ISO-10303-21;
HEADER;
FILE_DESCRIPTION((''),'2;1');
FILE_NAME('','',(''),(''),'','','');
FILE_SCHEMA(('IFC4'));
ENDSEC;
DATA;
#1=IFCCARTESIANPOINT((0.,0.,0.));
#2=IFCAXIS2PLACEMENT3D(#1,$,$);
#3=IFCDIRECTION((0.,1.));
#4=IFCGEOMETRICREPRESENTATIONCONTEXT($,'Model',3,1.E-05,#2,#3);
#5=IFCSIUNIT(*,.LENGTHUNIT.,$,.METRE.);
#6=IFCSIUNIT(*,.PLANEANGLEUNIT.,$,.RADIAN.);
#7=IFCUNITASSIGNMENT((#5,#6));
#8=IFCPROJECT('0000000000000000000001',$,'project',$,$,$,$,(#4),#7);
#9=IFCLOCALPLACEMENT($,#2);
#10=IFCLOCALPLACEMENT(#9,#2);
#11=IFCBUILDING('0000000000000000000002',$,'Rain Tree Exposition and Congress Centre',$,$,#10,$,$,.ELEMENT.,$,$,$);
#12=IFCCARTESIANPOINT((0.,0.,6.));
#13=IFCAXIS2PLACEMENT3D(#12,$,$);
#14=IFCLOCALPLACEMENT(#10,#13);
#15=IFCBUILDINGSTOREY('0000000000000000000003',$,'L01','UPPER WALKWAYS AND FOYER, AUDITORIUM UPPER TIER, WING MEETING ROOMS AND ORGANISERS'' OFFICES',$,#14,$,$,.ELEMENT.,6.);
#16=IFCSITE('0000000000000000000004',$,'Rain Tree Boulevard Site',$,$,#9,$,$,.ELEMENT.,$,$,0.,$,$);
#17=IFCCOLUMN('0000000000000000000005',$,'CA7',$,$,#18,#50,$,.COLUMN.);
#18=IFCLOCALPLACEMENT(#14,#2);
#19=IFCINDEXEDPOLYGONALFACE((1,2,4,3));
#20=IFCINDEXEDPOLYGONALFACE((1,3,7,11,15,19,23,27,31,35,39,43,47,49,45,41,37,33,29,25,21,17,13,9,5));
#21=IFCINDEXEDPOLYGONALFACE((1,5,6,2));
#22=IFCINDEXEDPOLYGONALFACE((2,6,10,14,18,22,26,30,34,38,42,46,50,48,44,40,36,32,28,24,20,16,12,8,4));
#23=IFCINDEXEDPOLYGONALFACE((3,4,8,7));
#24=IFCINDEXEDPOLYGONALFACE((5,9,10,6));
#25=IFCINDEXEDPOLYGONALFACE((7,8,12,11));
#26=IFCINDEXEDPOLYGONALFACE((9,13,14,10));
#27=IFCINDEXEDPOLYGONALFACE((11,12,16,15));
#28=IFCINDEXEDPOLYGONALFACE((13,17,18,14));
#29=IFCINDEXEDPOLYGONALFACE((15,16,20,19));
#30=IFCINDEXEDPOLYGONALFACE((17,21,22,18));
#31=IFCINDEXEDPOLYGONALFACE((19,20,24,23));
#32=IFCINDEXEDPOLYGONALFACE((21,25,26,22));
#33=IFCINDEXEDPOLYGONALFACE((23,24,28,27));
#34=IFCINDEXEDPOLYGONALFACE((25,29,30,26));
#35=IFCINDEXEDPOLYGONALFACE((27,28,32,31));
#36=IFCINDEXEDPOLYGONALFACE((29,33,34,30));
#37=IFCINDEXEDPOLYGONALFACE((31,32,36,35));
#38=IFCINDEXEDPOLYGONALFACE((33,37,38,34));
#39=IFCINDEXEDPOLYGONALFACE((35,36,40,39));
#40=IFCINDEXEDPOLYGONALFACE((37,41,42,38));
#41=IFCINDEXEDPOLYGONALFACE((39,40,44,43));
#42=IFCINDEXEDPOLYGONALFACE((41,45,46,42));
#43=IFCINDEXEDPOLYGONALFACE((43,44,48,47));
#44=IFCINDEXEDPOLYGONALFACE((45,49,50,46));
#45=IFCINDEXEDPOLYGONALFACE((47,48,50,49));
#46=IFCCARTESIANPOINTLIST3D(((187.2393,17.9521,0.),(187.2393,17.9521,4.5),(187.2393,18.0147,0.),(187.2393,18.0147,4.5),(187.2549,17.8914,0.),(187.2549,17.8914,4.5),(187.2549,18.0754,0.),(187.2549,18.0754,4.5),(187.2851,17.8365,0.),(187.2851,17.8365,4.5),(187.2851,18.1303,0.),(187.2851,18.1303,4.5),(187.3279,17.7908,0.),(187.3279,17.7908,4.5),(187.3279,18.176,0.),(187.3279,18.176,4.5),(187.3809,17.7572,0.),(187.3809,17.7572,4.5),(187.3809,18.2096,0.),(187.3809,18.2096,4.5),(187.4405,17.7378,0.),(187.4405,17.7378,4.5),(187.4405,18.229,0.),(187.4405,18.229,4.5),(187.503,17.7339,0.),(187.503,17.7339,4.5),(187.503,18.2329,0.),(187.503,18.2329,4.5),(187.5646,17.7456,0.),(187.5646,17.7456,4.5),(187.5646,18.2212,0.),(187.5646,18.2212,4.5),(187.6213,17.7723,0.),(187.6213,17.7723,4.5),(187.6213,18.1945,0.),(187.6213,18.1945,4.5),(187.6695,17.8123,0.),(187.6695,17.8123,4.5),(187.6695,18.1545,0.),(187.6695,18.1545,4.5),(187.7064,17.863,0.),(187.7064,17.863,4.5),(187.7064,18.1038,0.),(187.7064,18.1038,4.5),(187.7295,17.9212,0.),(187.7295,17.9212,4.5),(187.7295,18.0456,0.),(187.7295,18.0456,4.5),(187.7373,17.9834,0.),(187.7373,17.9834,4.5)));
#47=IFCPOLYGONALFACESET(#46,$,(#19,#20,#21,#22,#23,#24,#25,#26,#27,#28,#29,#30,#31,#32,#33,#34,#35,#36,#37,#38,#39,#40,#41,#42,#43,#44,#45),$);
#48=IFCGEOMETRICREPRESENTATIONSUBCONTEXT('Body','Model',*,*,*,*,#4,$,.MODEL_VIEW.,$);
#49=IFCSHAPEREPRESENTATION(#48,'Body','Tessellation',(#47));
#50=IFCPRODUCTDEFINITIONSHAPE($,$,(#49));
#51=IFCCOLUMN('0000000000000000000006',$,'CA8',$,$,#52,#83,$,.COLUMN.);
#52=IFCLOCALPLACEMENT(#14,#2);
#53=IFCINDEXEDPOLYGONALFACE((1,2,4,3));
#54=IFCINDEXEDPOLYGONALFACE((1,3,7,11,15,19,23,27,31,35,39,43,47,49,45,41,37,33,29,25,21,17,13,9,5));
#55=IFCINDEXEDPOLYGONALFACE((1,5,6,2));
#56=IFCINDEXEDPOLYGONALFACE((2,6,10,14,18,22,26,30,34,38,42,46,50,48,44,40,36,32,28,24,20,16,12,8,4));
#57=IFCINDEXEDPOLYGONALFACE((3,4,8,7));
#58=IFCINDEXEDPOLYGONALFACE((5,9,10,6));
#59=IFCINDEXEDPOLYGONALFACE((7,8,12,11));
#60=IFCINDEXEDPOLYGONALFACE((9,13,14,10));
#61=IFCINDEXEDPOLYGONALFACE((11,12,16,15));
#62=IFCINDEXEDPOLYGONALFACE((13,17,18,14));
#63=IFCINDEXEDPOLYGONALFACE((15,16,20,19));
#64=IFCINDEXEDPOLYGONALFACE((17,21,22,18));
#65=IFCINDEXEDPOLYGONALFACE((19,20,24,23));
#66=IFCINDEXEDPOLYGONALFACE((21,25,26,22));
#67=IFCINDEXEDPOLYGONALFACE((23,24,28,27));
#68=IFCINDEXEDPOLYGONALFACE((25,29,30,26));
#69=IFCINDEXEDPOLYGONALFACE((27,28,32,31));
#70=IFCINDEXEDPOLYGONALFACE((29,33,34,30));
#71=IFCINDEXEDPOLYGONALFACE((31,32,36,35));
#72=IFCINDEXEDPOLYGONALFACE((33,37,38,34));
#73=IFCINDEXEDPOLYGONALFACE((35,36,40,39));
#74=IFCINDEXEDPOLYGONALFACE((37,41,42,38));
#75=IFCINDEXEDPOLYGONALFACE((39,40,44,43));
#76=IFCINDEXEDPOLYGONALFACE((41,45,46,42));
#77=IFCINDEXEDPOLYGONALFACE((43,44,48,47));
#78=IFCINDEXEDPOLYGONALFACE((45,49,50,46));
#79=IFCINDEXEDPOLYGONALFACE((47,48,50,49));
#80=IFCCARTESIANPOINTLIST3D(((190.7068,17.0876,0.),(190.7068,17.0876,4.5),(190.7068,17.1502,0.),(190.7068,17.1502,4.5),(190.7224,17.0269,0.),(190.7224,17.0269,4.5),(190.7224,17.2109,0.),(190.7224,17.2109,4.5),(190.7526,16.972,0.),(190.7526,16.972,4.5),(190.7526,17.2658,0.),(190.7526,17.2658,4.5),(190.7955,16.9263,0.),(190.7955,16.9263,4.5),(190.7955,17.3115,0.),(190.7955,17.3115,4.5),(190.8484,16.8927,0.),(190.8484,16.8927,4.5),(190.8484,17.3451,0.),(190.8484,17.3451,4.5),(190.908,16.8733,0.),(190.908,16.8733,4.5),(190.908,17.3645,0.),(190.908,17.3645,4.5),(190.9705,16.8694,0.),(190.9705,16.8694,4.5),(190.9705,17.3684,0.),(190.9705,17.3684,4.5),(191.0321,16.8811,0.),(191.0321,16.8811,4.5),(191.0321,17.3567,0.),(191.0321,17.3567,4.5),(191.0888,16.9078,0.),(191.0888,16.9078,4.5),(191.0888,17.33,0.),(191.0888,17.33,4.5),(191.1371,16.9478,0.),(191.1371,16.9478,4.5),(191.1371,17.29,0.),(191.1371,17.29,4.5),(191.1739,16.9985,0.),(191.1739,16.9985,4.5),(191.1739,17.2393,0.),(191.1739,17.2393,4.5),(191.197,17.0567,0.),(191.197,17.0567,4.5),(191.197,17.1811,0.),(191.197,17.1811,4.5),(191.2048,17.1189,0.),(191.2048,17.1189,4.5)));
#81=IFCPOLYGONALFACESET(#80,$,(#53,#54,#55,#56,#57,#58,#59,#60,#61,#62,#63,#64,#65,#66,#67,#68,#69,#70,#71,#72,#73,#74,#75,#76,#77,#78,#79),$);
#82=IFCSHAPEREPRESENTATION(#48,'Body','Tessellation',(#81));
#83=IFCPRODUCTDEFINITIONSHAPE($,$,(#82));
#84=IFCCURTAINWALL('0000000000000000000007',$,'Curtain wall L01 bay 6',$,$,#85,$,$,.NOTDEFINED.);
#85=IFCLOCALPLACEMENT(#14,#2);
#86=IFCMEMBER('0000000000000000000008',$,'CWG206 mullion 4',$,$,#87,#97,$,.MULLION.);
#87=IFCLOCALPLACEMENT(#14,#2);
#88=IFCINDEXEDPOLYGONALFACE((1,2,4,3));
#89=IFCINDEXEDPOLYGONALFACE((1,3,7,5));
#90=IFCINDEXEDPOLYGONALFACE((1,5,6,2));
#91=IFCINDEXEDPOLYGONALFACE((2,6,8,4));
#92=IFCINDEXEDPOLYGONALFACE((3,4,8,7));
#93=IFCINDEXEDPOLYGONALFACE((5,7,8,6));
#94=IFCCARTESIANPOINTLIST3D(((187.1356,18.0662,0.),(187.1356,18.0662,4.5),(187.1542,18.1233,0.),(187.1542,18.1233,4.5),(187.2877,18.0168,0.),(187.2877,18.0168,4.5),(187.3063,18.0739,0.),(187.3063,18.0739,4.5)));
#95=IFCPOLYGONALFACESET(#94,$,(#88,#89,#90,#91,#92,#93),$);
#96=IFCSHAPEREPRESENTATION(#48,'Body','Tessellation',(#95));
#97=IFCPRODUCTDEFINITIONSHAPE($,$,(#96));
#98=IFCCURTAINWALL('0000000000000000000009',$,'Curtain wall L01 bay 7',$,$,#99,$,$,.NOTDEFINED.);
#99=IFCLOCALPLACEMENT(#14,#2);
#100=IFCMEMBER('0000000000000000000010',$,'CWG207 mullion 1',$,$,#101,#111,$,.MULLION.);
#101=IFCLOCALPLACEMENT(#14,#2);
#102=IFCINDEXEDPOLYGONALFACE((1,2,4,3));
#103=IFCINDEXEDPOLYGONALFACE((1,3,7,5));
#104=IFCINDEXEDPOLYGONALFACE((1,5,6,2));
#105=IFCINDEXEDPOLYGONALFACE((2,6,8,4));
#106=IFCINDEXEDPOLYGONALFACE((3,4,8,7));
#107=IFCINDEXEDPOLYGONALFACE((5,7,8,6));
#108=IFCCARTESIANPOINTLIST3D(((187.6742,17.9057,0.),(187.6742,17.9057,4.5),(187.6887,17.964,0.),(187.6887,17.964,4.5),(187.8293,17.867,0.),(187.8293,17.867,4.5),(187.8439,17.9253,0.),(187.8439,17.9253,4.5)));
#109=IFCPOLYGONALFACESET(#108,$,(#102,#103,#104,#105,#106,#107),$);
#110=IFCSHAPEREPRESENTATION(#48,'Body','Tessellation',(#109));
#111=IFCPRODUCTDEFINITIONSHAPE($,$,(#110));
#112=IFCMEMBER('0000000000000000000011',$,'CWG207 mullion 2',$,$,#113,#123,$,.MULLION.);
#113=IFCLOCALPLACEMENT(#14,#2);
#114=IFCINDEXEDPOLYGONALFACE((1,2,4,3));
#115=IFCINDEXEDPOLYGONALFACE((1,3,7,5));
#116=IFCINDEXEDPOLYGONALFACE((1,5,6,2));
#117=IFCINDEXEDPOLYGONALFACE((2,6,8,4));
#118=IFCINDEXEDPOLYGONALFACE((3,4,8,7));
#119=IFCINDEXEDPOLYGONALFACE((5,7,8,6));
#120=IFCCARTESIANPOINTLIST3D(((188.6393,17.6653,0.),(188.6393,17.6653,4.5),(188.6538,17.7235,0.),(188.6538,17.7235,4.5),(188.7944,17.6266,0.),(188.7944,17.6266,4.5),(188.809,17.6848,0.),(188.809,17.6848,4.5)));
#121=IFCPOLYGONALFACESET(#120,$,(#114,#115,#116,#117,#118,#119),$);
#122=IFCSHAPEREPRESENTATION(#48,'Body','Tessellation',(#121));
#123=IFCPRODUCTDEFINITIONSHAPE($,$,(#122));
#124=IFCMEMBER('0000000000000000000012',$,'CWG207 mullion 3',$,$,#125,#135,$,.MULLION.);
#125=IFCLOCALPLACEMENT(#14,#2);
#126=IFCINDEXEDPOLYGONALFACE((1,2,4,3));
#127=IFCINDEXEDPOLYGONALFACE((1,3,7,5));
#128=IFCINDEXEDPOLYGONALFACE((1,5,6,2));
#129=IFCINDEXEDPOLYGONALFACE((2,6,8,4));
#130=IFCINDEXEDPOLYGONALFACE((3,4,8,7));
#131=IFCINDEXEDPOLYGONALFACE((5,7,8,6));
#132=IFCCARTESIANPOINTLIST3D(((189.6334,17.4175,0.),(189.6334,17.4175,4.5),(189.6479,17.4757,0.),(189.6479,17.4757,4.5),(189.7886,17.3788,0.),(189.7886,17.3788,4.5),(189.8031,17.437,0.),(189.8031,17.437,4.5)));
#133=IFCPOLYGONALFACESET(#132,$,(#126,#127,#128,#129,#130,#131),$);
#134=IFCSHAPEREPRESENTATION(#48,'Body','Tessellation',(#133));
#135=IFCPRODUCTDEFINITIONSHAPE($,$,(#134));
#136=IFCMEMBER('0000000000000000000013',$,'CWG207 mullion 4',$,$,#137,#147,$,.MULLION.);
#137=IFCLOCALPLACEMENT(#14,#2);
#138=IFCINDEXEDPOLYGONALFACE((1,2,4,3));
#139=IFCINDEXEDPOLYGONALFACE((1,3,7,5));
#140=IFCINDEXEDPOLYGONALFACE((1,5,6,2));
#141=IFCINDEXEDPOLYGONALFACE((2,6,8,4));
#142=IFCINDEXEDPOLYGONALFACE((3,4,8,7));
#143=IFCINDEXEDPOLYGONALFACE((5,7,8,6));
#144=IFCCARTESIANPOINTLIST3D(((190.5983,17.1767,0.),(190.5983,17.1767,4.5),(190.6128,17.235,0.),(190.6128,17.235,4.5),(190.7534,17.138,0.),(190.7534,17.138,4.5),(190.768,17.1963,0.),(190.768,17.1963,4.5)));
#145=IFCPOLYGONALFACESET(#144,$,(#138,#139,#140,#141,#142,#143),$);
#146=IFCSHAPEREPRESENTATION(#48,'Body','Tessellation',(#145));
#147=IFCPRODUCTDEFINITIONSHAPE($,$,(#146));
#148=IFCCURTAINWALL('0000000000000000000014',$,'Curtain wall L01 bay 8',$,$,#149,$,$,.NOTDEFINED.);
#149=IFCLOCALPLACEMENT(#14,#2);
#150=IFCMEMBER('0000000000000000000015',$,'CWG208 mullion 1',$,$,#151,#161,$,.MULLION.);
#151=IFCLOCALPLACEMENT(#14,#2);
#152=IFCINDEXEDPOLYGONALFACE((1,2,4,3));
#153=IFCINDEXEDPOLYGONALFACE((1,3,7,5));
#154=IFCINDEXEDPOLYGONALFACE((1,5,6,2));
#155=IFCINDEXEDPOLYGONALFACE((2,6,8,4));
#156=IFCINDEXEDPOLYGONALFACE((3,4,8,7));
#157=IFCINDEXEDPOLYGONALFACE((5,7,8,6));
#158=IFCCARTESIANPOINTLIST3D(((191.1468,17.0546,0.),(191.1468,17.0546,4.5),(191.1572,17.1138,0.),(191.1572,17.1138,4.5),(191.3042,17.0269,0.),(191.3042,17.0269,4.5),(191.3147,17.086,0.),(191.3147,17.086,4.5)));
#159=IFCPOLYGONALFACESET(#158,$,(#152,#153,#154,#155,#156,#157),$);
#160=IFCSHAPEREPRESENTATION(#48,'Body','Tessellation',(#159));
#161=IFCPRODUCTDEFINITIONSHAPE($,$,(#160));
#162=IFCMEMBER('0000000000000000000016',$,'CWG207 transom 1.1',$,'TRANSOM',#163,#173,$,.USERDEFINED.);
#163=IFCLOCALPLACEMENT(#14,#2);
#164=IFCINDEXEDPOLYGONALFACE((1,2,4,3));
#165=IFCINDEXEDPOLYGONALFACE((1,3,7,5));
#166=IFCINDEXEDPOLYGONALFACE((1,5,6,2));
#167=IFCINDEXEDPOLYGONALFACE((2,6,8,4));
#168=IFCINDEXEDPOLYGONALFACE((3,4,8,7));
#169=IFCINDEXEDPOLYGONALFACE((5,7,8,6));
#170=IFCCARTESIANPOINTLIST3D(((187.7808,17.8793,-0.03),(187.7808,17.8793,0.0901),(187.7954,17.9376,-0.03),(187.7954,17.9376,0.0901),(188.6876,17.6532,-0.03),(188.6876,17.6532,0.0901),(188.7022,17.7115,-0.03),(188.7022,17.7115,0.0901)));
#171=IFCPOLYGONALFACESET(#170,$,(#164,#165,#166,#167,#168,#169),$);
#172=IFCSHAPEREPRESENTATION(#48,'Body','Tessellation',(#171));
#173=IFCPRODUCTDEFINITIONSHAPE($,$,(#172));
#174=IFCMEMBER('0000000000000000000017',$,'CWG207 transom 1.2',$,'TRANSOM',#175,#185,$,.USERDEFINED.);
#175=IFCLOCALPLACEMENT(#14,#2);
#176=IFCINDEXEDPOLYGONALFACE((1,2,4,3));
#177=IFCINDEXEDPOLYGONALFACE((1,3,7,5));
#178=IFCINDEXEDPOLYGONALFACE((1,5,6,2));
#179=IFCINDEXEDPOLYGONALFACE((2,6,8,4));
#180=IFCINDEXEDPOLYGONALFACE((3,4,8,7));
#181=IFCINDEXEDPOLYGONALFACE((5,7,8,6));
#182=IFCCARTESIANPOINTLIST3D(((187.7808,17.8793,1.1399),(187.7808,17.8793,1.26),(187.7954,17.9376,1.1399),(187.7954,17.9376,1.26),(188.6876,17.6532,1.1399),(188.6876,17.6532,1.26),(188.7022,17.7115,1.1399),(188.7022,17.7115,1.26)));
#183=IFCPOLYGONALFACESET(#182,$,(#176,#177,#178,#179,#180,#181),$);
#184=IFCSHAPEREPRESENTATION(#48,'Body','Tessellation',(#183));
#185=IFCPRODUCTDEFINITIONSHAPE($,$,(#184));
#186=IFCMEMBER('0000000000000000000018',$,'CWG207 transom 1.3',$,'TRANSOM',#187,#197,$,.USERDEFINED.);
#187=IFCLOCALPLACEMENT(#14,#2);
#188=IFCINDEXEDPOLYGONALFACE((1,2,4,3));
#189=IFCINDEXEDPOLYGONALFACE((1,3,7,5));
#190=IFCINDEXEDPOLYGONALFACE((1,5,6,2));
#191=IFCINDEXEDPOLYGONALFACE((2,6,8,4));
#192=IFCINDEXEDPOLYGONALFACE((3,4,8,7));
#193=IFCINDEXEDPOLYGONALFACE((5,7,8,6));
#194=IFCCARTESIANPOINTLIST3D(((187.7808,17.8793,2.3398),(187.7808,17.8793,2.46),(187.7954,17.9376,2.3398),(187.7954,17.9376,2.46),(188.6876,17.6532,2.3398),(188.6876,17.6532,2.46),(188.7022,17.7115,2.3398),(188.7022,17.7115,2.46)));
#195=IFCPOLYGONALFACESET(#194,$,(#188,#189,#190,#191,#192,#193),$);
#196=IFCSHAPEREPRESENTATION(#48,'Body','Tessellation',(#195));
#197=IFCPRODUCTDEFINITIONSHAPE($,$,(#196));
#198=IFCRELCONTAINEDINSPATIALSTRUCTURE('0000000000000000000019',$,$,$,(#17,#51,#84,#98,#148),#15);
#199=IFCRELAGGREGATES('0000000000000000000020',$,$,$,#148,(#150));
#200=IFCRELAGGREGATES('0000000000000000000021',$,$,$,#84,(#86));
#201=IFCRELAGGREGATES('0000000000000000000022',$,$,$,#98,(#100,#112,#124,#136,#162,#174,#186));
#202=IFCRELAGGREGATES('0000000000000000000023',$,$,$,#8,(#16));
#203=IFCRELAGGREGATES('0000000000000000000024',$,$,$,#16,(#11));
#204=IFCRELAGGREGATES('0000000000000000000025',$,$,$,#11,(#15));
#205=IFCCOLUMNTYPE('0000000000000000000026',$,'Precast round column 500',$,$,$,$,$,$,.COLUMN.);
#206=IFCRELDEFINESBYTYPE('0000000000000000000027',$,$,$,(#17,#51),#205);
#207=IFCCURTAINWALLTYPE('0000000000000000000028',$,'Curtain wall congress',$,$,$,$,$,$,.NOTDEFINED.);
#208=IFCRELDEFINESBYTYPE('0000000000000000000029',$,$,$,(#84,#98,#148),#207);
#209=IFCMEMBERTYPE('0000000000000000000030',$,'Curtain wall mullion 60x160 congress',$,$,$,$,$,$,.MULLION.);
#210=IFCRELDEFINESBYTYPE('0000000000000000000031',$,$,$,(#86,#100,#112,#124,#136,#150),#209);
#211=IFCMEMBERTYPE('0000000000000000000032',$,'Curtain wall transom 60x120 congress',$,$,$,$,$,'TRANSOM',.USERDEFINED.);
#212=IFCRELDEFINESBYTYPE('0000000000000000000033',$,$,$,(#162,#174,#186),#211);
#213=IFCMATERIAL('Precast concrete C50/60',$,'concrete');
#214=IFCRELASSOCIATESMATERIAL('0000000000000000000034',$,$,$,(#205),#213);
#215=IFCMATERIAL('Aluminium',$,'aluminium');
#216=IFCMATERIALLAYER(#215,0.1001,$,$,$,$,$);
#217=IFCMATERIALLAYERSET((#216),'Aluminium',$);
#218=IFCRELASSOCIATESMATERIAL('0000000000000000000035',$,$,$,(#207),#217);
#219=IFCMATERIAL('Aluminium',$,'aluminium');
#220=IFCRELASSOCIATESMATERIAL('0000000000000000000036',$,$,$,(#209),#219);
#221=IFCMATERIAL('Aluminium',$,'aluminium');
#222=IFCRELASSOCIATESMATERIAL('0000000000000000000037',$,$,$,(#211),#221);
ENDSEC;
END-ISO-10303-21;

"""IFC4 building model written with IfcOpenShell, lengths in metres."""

from ifc_helpers import new_model, si_unit, direction, frame, origin, origin_2d, place, context, subcontext, project, spatial, rectangle, circle, extrude, material, layer, layer_set, material_profile, profile_set, type_object, element, aggregate, save


model = new_model("IFC4")

# Units and contexts
model_context = context("Model", 3, precision=1e-05, world=origin(), true_north=direction((0.0, 1.0)))
body_context = subcontext(model_context, "Body", "Model", "MODEL_VIEW")
ifc_project = project(units=[si_unit("LENGTHUNIT", "METRE"), si_unit("PLANEANGLEUNIT", "RADIAN")], contexts=[model_context])

# Site, building, storey
site_placement = place(None, origin())
site = spatial("IfcSite", under=ifc_project, at=site_placement, Name="Rain Tree Boulevard Site", CompositionType="ELEMENT", RefElevation=0.0)
building_placement = place(site_placement, origin())
building = spatial("IfcBuilding", under=site, at=building_placement, Name="Rain Tree Exposition and Congress Centre", CompositionType="ELEMENT")
storey_placement = place(building_placement, frame((0.0, 0.0, 6.0)))
storey = spatial("IfcBuildingStorey", under=building, at=storey_placement, Name="L01", Description="UPPER WALKWAYS AND FOYER, AUDITORIUM UPPER TIER, WING MEETING ROOMS AND ORGANISERS' OFFICES", CompositionType="ELEMENT", Elevation=6.0)

# Columns
ifc_material_1 = material(Name="Precast concrete C50/60", Category="concrete")
ifc_material_profile_1 = material_profile(ifc_material_1, circle(Radius=0.25, at=origin_2d()), Name="RC D500")
ifc_profile_set_1 = profile_set([ifc_material_profile_1], Name="Precast concrete C50/60")
column_type = type_object("IfcColumnType", Name="Precast round column 500", PredefinedType="COLUMN", material=ifc_profile_set_1)
for number, where, z_axis, x_axis, name in (
    (1, (187.4873, 17.9834, 0.0), (0.0, 0.0, 1.0), (1.0, 0.0, 0.0), "CA7"),
    (2, (190.9548, 17.1189, 0.0), (0.0, 0.0, 1.0), (1.0, 0.0, 0.0), "CA8"),
):
    element("IfcColumn", number, at=place(storey_placement, frame(where, z_axis=z_axis, x_axis=x_axis)), inside=storey, type_object=column_type, Name=name, PredefinedType="COLUMN", context=body_context, shape_type="SweptSolid", body=[
        extrude(circle(Radius=0.25, at=origin_2d()), origin(), (0.0, 0.0, 1.0), 4.5),
    ])

# Curtain wall, member
ifc_material_2 = material(Name="Aluminium", Category="aluminium")
ifc_layer_1 = layer(ifc_material_2, 0.1001)
ifc_layer_set_1 = layer_set([ifc_layer_1], Name="Aluminium")
curtain_wall_type = type_object("IfcCurtainWallType", Name="Curtain wall congress", PredefinedType="NOTDEFINED", material=ifc_layer_set_1)
curtain_wall_1_placement = place(storey_placement, origin())
curtain_wall_1 = element("IfcCurtainWall", 3, at=curtain_wall_1_placement, inside=storey, type_object=curtain_wall_type, Name="Curtain wall L01 bay 6", PredefinedType="NOTDEFINED")
ifc_material_3 = material(Name="Aluminium", Category="aluminium")
ifc_material_profile_2 = material_profile(ifc_material_3, rectangle(XDim=0.0601, YDim=0.1599, at=origin_2d()), Name="AL 60x160")
ifc_profile_set_2 = profile_set([ifc_material_profile_2], Name="Aluminium")
member_type_1 = type_object("IfcMemberType", Name="Curtain wall mullion 60x160 congress", PredefinedType="MULLION", material=ifc_profile_set_2)
member_1_placement = place(storey_placement, frame((187.2209, 18.0701, 0.0), z_axis=(0.0, 0.0, 1.0), x_axis=(0.309006, 0.95106, 0.0)))
member_1 = element("IfcMember", 4, at=member_1_placement, type_object=member_type_1, Name="CWG206 mullion 4", PredefinedType="MULLION", context=body_context, shape_type="SweptSolid", body=[
    extrude(rectangle(XDim=0.0601, YDim=0.1599, at=origin_2d()), origin(), (0.0, 0.0, 1.0), 4.5),
])

# Curtain wall, members
curtain_wall_2_placement = place(storey_placement, origin())
curtain_wall_2 = element("IfcCurtainWall", 5, at=curtain_wall_2_placement, inside=storey, type_object=curtain_wall_type, Name="Curtain wall L01 bay 7", PredefinedType="NOTDEFINED")
member_2_placement = place(storey_placement, frame((187.759, 17.9155, 0.0), z_axis=(0.0, 0.0, 1.0), x_axis=(0.241923, 0.970295, 0.0)))
member_2 = element("IfcMember", 6, at=member_2_placement, type_object=member_type_1, Name="CWG207 mullion 1", PredefinedType="MULLION", context=body_context, shape_type="SweptSolid", body=[
    extrude(rectangle(XDim=0.0601, YDim=0.1599, at=origin_2d()), origin(), (0.0, 0.0, 1.0), 4.5),
])
member_3_placement = place(storey_placement, frame((188.7241, 17.675, 0.0), z_axis=(0.0, 0.0, 1.0), x_axis=(0.241923, 0.970295, 0.0)))
member_3 = element("IfcMember", 7, at=member_3_placement, type_object=member_type_1, Name="CWG207 mullion 2", PredefinedType="MULLION", context=body_context, shape_type="SweptSolid", body=[
    extrude(rectangle(XDim=0.0601, YDim=0.1599, at=origin_2d()), origin(), (0.0, 0.0, 1.0), 4.5),
])
member_4_placement = place(storey_placement, frame((189.7183, 17.4272, 0.0), z_axis=(0.0, 0.0, 1.0), x_axis=(0.241923, 0.970295, 0.0)))
member_4 = element("IfcMember", 8, at=member_4_placement, type_object=member_type_1, Name="CWG207 mullion 3", PredefinedType="MULLION", context=body_context, shape_type="SweptSolid", body=[
    extrude(rectangle(XDim=0.0601, YDim=0.1599, at=origin_2d()), origin(), (0.0, 0.0, 1.0), 4.5),
])
member_5_placement = place(storey_placement, frame((190.6831, 17.1865, 0.0), z_axis=(0.0, 0.0, 1.0), x_axis=(0.241923, 0.970295, 0.0)))
member_5 = element("IfcMember", 9, at=member_5_placement, type_object=member_type_1, Name="CWG207 mullion 4", PredefinedType="MULLION", context=body_context, shape_type="SweptSolid", body=[
    extrude(rectangle(XDim=0.0601, YDim=0.1599, at=origin_2d()), origin(), (0.0, 0.0, 1.0), 4.5),
])

# Curtain wall, member
curtain_wall_3_placement = place(storey_placement, origin())
curtain_wall_3 = element("IfcCurtainWall", 10, at=curtain_wall_3_placement, inside=storey, type_object=curtain_wall_type, Name="Curtain wall L01 bay 8", PredefinedType="NOTDEFINED")
member_6_placement = place(storey_placement, frame((191.2307, 17.0703, 0.0), z_axis=(0.0, 0.0, 1.0), x_axis=(0.173635, 0.98481, 0.0)))
member_6 = element("IfcMember", 11, at=member_6_placement, type_object=member_type_1, Name="CWG208 mullion 1", PredefinedType="MULLION", context=body_context, shape_type="SweptSolid", body=[
    extrude(rectangle(XDim=0.0601, YDim=0.1599, at=origin_2d()), origin(), (0.0, 0.0, 1.0), 4.5),
])

# Members
ifc_material_4 = material(Name="Aluminium", Category="aluminium")
ifc_material_profile_3 = material_profile(ifc_material_4, rectangle(XDim=0.0601, YDim=0.1201, at=origin_2d()), Name="AL 60x120")
ifc_profile_set_3 = profile_set([ifc_material_profile_3], Name="Aluminium")
member_type_2 = type_object("IfcMemberType", Name="Curtain wall transom 60x120 congress", ElementType="TRANSOM", PredefinedType="USERDEFINED", material=ifc_profile_set_3)
member_7_placement = place(storey_placement, frame((187.7881, 17.9084, 0.03), z_axis=(0.970296, -0.241921, 0.0), x_axis=(0.241921, 0.970296, 0.0)))
member_7 = element("IfcMember", 12, at=member_7_placement, type_object=member_type_2, Name="CWG207 transom 1.1", ObjectType="TRANSOM", PredefinedType="USERDEFINED", context=body_context, shape_type="SweptSolid", body=[
    extrude(rectangle(XDim=0.0601, YDim=0.1201, at=origin_2d()), origin(), (0.0, 0.0, 1.0), 0.9346),
])
member_8_placement = place(storey_placement, frame((187.7881, 17.9084, 1.2), z_axis=(0.970296, -0.241921, 0.0), x_axis=(0.241921, 0.970296, 0.0)))
member_8 = element("IfcMember", 13, at=member_8_placement, type_object=member_type_2, Name="CWG207 transom 1.2", ObjectType="TRANSOM", PredefinedType="USERDEFINED", context=body_context, shape_type="SweptSolid", body=[
    extrude(rectangle(XDim=0.0601, YDim=0.1201, at=origin_2d()), origin(), (0.0, 0.0, 1.0), 0.9346),
])
member_9_placement = place(storey_placement, frame((187.7881, 17.9084, 2.3999), z_axis=(0.970296, -0.241921, 0.0), x_axis=(0.241921, 0.970296, 0.0)))
member_9 = element("IfcMember", 14, at=member_9_placement, type_object=member_type_2, Name="CWG207 transom 1.3", ObjectType="TRANSOM", PredefinedType="USERDEFINED", context=body_context, shape_type="SweptSolid", body=[
    extrude(rectangle(XDim=0.0601, YDim=0.1201, at=origin_2d()), origin(), (0.0, 0.0, 1.0), 0.9346),
])
aggregate(curtain_wall_3, [member_6])

aggregate(curtain_wall_1, [member_1])
aggregate(curtain_wall_2, [member_2, member_3, member_4, member_5, member_7, member_8, member_9])

save(model, "model.ifc")
